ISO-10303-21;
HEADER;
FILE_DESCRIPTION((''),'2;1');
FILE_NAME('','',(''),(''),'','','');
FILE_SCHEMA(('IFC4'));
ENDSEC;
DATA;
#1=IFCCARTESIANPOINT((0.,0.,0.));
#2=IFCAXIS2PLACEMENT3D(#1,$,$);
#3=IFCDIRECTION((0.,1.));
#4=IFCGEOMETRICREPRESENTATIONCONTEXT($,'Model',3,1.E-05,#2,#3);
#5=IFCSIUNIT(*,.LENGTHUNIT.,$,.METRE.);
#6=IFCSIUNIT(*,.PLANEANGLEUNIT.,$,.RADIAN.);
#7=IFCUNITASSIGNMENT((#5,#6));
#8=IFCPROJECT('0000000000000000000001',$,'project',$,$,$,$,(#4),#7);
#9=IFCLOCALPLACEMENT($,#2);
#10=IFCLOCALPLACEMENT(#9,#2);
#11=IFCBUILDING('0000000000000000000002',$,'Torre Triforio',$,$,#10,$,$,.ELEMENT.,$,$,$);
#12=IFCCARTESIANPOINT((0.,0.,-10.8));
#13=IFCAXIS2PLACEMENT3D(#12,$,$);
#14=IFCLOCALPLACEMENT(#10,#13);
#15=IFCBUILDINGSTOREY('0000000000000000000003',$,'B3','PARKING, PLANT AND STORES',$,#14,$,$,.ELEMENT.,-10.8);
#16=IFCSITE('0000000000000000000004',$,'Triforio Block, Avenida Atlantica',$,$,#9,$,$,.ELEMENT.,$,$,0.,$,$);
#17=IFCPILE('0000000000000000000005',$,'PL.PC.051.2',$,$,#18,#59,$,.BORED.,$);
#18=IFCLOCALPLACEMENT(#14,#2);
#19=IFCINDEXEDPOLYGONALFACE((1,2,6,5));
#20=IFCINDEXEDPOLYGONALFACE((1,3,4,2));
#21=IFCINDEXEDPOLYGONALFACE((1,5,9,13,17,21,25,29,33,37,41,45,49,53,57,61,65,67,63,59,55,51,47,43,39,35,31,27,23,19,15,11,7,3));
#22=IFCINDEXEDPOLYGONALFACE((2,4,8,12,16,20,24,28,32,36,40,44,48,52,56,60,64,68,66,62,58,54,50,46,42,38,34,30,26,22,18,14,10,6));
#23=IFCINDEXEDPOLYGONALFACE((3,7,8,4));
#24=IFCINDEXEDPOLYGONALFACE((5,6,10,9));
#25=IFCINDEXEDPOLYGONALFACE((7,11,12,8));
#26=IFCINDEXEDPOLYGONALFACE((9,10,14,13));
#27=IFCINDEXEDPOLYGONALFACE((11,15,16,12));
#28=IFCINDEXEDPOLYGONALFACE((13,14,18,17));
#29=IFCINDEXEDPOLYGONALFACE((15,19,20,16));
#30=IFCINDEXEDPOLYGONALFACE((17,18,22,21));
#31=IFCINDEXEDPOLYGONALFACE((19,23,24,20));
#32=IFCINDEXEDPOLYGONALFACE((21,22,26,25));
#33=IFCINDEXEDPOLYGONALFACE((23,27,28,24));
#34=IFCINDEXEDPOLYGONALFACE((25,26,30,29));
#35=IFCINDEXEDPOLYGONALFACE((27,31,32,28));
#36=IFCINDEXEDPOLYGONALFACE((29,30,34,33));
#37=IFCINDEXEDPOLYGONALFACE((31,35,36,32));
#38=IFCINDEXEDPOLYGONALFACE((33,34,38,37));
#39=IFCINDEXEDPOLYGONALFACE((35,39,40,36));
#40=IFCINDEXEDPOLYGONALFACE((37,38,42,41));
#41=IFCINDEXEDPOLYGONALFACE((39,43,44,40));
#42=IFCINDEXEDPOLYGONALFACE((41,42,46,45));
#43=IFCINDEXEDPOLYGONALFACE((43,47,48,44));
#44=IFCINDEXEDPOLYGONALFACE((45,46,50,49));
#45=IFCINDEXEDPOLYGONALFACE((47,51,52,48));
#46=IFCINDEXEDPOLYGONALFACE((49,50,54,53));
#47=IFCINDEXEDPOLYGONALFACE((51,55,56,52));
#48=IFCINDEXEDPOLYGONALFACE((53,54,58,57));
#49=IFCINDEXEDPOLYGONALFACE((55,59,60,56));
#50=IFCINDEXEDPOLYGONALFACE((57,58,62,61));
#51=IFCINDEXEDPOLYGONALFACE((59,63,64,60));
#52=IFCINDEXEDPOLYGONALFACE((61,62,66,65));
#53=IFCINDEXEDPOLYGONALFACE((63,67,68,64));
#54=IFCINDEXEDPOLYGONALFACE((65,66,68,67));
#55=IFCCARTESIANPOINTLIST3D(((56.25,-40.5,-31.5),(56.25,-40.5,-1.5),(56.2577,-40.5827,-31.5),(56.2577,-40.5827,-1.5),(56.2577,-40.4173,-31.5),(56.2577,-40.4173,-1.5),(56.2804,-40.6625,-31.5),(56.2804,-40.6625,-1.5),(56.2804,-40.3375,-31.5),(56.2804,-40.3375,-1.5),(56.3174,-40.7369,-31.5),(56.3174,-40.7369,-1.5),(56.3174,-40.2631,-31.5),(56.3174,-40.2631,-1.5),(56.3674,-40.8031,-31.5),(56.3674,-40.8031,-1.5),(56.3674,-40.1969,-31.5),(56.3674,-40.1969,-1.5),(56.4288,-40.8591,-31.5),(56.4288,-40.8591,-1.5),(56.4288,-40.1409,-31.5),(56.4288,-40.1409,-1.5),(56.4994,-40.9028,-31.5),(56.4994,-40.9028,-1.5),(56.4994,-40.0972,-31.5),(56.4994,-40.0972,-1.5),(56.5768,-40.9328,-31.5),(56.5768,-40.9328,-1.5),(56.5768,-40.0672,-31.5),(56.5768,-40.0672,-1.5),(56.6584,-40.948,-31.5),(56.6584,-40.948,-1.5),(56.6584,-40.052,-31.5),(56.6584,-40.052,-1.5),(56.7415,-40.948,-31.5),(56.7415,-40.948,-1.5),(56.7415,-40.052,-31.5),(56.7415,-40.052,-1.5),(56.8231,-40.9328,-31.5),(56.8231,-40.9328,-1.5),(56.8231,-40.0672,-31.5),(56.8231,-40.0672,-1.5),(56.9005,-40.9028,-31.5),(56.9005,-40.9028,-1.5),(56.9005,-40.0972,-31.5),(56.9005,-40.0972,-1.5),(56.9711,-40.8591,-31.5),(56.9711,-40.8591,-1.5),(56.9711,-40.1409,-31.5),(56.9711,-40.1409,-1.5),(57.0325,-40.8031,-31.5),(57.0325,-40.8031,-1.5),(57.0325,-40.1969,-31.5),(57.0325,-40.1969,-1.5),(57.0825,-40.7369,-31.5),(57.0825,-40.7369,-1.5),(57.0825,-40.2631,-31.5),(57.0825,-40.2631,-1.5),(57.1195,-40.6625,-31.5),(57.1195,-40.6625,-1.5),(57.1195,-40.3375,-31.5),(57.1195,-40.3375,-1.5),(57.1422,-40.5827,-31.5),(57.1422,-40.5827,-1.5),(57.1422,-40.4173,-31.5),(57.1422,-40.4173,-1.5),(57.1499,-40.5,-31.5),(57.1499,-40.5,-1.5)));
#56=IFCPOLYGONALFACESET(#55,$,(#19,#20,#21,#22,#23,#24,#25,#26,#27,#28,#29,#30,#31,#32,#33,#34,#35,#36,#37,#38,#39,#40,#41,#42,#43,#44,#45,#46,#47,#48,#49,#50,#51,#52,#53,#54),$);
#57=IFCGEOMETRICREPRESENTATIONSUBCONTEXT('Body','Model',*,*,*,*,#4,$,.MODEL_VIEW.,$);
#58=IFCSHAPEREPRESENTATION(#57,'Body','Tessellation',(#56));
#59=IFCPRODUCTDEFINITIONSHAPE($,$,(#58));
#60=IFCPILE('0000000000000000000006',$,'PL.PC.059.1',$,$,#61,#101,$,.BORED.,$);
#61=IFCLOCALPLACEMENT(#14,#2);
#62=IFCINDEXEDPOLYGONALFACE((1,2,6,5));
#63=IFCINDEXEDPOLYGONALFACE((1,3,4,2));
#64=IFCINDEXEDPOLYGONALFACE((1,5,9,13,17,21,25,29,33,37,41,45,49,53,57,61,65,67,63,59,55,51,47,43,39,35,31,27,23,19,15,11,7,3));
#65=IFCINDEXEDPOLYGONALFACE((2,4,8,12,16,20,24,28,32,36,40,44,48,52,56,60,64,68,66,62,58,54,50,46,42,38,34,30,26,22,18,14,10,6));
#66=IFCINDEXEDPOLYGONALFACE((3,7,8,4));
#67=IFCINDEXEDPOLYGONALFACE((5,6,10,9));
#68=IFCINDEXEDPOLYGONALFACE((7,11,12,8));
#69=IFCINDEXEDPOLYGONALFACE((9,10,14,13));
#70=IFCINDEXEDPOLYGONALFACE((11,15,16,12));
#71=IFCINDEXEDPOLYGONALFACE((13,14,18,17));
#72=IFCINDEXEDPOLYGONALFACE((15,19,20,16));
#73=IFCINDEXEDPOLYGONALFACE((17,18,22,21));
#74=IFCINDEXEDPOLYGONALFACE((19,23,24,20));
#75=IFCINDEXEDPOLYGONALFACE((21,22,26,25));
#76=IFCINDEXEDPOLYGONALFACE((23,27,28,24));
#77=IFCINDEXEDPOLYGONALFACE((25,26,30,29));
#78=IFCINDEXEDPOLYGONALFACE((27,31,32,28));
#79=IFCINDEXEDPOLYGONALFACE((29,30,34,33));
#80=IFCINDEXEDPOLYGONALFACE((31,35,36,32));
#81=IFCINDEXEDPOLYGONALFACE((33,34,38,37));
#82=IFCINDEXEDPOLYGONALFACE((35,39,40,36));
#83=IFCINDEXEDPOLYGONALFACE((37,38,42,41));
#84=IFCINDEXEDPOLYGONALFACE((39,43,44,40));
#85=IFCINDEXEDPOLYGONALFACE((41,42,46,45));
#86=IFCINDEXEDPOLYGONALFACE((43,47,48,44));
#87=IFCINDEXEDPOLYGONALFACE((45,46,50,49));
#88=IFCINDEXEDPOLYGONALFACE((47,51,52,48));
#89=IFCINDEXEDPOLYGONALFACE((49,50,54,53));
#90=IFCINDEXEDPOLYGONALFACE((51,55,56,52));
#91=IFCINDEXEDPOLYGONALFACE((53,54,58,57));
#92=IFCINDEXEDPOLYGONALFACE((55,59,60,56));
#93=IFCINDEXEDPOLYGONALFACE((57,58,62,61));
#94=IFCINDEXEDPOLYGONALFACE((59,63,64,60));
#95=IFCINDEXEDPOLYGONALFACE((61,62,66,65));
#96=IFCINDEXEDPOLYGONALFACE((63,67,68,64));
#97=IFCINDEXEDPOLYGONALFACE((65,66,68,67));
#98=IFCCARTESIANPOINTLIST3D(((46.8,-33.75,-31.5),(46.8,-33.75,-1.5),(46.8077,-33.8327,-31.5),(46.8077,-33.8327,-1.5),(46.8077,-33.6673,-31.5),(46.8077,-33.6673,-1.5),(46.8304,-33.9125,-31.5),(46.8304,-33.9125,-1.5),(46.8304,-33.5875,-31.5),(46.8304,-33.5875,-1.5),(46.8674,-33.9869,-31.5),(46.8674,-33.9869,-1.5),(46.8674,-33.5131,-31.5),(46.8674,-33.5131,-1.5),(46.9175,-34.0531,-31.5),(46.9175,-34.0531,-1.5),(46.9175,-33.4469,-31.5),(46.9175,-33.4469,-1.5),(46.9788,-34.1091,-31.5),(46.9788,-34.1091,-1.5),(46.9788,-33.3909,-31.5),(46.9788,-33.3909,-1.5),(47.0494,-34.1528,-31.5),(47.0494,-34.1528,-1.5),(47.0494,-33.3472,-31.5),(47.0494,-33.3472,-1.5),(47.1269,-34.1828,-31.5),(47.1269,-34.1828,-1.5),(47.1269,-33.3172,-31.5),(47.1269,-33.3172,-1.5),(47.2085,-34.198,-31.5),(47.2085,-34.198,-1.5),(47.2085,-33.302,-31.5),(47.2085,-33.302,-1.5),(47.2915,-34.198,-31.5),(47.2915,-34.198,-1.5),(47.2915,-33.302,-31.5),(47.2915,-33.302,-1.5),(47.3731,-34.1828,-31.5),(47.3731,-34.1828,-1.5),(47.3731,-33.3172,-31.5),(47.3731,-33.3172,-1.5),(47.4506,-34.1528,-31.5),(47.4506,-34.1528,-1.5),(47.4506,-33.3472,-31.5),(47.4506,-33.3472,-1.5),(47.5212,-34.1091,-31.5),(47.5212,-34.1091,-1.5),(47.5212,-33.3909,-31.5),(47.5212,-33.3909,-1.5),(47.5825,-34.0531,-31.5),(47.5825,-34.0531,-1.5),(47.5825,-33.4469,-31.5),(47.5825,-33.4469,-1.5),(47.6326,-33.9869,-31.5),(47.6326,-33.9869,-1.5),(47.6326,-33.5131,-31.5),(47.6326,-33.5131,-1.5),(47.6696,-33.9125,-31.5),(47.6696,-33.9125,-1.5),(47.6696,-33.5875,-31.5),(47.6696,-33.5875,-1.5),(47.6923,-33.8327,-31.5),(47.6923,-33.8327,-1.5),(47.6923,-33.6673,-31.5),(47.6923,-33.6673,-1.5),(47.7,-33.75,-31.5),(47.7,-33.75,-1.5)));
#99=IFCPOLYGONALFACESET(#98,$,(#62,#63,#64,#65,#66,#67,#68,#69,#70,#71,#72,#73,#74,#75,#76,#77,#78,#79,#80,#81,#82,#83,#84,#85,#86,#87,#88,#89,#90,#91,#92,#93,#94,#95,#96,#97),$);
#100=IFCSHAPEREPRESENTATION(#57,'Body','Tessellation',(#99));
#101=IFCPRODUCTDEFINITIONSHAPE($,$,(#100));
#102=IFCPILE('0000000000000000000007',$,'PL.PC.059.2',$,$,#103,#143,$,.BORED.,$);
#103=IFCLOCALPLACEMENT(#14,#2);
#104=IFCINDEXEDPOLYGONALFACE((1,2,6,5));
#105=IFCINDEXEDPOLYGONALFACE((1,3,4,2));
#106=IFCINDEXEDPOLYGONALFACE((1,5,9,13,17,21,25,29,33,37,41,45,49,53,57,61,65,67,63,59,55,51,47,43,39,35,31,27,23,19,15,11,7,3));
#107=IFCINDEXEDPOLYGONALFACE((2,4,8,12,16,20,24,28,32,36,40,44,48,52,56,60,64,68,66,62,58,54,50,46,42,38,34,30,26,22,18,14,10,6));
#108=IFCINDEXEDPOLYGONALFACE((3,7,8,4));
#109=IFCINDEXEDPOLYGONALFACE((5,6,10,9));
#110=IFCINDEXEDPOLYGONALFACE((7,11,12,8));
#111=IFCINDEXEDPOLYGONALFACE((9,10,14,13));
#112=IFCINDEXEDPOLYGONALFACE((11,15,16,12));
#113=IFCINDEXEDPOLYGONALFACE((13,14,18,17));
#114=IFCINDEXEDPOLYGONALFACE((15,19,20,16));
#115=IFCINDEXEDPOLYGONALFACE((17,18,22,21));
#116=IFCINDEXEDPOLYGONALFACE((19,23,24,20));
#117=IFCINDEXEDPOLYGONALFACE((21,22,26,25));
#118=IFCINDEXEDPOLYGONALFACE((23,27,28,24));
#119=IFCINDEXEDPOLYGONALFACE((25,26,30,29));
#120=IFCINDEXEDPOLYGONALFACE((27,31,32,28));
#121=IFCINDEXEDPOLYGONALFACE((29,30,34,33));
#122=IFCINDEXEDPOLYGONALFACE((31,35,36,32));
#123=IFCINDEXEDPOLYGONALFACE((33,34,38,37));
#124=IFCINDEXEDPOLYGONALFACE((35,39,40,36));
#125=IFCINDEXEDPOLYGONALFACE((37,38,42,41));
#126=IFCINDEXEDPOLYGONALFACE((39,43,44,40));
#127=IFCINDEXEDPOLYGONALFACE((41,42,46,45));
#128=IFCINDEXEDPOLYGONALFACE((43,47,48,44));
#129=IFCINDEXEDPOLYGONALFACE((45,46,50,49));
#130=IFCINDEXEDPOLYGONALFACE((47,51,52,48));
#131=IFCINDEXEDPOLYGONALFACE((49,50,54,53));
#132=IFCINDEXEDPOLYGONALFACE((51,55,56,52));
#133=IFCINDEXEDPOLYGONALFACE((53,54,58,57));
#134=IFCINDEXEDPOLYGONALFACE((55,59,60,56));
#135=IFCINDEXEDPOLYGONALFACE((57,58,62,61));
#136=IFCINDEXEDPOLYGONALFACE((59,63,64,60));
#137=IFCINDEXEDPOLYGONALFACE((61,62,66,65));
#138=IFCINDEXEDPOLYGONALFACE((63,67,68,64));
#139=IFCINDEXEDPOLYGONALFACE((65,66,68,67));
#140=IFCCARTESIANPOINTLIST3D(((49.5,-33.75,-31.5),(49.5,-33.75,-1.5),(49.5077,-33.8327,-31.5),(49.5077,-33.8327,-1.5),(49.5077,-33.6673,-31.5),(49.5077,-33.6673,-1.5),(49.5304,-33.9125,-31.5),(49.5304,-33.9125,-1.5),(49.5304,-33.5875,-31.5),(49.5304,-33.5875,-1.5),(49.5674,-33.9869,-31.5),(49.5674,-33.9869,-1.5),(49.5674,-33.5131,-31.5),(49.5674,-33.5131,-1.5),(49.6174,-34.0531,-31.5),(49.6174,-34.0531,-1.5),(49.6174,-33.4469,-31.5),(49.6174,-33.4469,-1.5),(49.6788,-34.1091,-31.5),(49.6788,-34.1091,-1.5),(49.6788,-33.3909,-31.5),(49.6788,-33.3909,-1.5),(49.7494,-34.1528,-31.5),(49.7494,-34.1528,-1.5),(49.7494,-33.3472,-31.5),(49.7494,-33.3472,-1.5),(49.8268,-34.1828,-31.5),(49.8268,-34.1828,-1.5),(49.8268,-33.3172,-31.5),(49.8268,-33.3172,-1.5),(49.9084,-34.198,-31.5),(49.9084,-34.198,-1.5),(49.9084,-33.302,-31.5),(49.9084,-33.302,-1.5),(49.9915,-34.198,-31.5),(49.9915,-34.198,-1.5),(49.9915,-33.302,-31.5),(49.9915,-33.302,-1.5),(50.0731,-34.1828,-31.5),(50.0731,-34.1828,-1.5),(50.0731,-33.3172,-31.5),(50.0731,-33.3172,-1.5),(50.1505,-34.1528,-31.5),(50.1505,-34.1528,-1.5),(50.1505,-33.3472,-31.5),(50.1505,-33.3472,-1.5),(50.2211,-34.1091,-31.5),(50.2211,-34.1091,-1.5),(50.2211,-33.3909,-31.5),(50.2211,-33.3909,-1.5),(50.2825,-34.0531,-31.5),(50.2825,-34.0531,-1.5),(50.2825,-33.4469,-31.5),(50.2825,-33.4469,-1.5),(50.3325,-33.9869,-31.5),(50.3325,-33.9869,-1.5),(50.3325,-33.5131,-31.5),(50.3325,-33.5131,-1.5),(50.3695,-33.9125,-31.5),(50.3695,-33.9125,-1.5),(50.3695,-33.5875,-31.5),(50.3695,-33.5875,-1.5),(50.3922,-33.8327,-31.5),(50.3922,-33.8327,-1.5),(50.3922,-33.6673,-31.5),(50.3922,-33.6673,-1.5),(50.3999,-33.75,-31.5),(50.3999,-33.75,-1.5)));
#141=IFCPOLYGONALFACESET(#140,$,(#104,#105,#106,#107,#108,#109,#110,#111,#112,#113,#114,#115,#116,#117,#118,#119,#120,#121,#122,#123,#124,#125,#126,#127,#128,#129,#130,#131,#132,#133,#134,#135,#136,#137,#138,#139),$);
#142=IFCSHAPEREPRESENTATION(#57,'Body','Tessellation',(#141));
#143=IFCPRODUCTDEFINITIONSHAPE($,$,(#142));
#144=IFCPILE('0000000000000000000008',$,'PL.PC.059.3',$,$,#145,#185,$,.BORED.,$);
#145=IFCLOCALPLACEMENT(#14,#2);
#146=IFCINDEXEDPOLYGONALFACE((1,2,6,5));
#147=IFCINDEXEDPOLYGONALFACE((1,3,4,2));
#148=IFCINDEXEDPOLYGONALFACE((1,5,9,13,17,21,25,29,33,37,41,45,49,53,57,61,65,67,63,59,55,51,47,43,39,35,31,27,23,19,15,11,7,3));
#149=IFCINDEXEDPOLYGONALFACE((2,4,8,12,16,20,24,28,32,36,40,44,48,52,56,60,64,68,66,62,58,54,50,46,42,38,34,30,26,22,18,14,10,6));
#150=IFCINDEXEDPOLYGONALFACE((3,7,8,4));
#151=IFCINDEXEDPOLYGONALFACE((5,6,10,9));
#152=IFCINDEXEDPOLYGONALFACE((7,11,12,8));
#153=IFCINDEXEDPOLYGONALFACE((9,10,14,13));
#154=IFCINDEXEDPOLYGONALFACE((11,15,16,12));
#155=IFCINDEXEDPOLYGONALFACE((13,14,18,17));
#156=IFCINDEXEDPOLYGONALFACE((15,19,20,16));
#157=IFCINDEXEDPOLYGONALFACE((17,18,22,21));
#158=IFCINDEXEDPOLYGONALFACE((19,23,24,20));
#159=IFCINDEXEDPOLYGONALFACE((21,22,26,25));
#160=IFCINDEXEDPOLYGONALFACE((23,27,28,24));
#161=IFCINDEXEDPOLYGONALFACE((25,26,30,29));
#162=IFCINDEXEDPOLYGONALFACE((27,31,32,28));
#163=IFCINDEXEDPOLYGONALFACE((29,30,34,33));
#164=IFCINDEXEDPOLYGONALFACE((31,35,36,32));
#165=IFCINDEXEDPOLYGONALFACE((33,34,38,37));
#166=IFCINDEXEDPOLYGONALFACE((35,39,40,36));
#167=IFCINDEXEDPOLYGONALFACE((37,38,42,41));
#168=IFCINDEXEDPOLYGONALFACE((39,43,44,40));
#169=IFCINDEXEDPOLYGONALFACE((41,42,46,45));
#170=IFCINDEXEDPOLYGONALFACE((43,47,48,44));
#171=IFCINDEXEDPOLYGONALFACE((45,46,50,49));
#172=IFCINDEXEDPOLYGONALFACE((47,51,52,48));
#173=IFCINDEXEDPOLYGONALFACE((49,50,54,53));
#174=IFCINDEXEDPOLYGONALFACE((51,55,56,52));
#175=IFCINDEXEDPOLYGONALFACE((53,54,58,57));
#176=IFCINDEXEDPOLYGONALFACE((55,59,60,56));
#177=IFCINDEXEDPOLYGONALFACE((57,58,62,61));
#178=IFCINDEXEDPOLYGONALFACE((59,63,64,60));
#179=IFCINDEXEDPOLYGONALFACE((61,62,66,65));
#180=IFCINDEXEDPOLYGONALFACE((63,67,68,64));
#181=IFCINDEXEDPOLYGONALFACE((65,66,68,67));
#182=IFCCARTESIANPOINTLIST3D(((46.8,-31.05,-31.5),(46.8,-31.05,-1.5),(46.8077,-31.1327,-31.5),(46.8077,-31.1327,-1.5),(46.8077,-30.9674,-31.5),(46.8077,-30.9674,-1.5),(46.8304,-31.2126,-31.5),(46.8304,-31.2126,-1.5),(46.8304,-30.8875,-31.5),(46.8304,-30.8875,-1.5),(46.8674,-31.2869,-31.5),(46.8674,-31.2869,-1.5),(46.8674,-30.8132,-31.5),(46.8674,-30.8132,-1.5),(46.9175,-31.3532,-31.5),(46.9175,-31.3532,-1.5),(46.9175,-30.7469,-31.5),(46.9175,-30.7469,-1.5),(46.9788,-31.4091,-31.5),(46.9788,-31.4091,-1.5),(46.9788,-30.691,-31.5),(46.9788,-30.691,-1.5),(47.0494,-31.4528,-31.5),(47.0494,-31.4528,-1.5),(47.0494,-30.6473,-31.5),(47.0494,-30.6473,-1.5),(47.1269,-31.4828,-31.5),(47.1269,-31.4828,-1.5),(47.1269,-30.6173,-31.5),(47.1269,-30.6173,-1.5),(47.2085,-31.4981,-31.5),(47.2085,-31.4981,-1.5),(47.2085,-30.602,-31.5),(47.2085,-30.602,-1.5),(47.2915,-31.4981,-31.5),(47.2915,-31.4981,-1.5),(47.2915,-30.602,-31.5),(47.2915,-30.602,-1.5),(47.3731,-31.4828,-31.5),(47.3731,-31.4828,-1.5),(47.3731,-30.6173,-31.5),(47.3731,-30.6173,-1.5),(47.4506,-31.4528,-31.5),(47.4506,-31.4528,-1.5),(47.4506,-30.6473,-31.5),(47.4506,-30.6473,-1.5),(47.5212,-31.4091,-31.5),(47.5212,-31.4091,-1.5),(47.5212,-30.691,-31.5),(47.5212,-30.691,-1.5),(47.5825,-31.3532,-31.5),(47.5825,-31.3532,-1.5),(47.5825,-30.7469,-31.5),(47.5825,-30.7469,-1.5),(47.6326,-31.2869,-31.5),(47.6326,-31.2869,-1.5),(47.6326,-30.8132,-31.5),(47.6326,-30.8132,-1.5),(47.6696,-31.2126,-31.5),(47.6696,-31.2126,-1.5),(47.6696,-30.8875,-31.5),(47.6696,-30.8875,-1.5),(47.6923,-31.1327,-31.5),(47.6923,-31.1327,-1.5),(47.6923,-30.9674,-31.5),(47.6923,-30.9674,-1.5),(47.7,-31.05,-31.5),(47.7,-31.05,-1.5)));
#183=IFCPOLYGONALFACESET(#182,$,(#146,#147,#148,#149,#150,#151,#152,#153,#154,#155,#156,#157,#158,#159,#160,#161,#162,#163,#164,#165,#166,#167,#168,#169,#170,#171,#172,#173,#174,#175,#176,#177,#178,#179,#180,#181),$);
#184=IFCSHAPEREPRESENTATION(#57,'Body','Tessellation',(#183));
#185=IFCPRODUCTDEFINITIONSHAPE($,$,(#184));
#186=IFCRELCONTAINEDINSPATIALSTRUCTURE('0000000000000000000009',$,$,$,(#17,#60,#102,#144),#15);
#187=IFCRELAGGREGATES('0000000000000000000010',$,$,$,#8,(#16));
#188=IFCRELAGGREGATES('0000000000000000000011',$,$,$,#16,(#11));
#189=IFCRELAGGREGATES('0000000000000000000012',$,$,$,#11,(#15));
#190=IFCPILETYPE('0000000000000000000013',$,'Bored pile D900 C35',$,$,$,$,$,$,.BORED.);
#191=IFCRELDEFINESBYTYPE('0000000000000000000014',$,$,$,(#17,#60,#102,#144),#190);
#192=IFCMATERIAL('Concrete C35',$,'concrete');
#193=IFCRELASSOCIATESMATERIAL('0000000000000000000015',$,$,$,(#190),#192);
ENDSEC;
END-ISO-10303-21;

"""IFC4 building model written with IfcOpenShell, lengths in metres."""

from ifc_helpers import new_model, si_unit, direction, frame, origin, origin_2d, place, context, subcontext, project, spatial, circle, extrude, material, material_profile, profile_set, type_object, element, save


model = new_model("IFC4")

# Units and contexts
model_context = context("Model", 3, precision=1e-05, world=origin(), true_north=direction((0.0, 1.0)))
body_context = subcontext(model_context, "Body", "Model", "MODEL_VIEW")
ifc_project = project(units=[si_unit("LENGTHUNIT", "METRE"), si_unit("PLANEANGLEUNIT", "RADIAN")], contexts=[model_context])

# Site, building, storey
site_placement = place(None, origin())
site = spatial("IfcSite", under=ifc_project, at=site_placement, Name="Triforio Block, Avenida Atlantica", CompositionType="ELEMENT", RefElevation=0.0)
building_placement = place(site_placement, origin())
building = spatial("IfcBuilding", under=site, at=building_placement, Name="Torre Triforio", CompositionType="ELEMENT")
storey_placement = place(building_placement, frame((0.0, 0.0, -10.8)))
storey = spatial("IfcBuildingStorey", under=building, at=storey_placement, Name="B3", Description="PARKING, PLANT AND STORES", CompositionType="ELEMENT", Elevation=-10.8)

# Piles
ifc_material_1 = material(Name="Concrete C35", Category="concrete")
ifc_material_profile_1 = material_profile(ifc_material_1, circle(Radius=0.45, at=origin_2d()), Name="RC D900")
ifc_profile_set_1 = profile_set([ifc_material_profile_1], Name="Concrete C35")
pile_type = type_object("IfcPileType", Name="Bored pile D900 C35", PredefinedType="BORED", material=ifc_profile_set_1)
for number, where, z_axis, x_axis, name in (
    (1, (56.7, -40.5, -1.5), (0.0, 0.0, -1.0), (1.0, 0.0, 0.0), "PL.PC.051.2"),
    (2, (47.25, -33.75, -1.5), (0.0, 0.0, -1.0), (1.0, 0.0, 0.0), "PL.PC.059.1"),
    (3, (49.95, -33.75, -1.5), (0.0, 0.0, -1.0), (1.0, 0.0, 0.0), "PL.PC.059.2"),
    (4, (47.25, -31.05, -1.5), (0.0, 0.0, -1.0), (1.0, 0.0, 0.0), "PL.PC.059.3"),
):
    element("IfcPile", number, at=place(storey_placement, frame(where, z_axis=z_axis, x_axis=x_axis)), inside=storey, type_object=pile_type, Name=name, PredefinedType="BORED", context=body_context, shape_type="SweptSolid", body=[
        extrude(circle(Radius=0.45, at=origin_2d()), origin(), (0.0, 0.0, 1.0), 30.0),
    ])

save(model, "model.ifc")
